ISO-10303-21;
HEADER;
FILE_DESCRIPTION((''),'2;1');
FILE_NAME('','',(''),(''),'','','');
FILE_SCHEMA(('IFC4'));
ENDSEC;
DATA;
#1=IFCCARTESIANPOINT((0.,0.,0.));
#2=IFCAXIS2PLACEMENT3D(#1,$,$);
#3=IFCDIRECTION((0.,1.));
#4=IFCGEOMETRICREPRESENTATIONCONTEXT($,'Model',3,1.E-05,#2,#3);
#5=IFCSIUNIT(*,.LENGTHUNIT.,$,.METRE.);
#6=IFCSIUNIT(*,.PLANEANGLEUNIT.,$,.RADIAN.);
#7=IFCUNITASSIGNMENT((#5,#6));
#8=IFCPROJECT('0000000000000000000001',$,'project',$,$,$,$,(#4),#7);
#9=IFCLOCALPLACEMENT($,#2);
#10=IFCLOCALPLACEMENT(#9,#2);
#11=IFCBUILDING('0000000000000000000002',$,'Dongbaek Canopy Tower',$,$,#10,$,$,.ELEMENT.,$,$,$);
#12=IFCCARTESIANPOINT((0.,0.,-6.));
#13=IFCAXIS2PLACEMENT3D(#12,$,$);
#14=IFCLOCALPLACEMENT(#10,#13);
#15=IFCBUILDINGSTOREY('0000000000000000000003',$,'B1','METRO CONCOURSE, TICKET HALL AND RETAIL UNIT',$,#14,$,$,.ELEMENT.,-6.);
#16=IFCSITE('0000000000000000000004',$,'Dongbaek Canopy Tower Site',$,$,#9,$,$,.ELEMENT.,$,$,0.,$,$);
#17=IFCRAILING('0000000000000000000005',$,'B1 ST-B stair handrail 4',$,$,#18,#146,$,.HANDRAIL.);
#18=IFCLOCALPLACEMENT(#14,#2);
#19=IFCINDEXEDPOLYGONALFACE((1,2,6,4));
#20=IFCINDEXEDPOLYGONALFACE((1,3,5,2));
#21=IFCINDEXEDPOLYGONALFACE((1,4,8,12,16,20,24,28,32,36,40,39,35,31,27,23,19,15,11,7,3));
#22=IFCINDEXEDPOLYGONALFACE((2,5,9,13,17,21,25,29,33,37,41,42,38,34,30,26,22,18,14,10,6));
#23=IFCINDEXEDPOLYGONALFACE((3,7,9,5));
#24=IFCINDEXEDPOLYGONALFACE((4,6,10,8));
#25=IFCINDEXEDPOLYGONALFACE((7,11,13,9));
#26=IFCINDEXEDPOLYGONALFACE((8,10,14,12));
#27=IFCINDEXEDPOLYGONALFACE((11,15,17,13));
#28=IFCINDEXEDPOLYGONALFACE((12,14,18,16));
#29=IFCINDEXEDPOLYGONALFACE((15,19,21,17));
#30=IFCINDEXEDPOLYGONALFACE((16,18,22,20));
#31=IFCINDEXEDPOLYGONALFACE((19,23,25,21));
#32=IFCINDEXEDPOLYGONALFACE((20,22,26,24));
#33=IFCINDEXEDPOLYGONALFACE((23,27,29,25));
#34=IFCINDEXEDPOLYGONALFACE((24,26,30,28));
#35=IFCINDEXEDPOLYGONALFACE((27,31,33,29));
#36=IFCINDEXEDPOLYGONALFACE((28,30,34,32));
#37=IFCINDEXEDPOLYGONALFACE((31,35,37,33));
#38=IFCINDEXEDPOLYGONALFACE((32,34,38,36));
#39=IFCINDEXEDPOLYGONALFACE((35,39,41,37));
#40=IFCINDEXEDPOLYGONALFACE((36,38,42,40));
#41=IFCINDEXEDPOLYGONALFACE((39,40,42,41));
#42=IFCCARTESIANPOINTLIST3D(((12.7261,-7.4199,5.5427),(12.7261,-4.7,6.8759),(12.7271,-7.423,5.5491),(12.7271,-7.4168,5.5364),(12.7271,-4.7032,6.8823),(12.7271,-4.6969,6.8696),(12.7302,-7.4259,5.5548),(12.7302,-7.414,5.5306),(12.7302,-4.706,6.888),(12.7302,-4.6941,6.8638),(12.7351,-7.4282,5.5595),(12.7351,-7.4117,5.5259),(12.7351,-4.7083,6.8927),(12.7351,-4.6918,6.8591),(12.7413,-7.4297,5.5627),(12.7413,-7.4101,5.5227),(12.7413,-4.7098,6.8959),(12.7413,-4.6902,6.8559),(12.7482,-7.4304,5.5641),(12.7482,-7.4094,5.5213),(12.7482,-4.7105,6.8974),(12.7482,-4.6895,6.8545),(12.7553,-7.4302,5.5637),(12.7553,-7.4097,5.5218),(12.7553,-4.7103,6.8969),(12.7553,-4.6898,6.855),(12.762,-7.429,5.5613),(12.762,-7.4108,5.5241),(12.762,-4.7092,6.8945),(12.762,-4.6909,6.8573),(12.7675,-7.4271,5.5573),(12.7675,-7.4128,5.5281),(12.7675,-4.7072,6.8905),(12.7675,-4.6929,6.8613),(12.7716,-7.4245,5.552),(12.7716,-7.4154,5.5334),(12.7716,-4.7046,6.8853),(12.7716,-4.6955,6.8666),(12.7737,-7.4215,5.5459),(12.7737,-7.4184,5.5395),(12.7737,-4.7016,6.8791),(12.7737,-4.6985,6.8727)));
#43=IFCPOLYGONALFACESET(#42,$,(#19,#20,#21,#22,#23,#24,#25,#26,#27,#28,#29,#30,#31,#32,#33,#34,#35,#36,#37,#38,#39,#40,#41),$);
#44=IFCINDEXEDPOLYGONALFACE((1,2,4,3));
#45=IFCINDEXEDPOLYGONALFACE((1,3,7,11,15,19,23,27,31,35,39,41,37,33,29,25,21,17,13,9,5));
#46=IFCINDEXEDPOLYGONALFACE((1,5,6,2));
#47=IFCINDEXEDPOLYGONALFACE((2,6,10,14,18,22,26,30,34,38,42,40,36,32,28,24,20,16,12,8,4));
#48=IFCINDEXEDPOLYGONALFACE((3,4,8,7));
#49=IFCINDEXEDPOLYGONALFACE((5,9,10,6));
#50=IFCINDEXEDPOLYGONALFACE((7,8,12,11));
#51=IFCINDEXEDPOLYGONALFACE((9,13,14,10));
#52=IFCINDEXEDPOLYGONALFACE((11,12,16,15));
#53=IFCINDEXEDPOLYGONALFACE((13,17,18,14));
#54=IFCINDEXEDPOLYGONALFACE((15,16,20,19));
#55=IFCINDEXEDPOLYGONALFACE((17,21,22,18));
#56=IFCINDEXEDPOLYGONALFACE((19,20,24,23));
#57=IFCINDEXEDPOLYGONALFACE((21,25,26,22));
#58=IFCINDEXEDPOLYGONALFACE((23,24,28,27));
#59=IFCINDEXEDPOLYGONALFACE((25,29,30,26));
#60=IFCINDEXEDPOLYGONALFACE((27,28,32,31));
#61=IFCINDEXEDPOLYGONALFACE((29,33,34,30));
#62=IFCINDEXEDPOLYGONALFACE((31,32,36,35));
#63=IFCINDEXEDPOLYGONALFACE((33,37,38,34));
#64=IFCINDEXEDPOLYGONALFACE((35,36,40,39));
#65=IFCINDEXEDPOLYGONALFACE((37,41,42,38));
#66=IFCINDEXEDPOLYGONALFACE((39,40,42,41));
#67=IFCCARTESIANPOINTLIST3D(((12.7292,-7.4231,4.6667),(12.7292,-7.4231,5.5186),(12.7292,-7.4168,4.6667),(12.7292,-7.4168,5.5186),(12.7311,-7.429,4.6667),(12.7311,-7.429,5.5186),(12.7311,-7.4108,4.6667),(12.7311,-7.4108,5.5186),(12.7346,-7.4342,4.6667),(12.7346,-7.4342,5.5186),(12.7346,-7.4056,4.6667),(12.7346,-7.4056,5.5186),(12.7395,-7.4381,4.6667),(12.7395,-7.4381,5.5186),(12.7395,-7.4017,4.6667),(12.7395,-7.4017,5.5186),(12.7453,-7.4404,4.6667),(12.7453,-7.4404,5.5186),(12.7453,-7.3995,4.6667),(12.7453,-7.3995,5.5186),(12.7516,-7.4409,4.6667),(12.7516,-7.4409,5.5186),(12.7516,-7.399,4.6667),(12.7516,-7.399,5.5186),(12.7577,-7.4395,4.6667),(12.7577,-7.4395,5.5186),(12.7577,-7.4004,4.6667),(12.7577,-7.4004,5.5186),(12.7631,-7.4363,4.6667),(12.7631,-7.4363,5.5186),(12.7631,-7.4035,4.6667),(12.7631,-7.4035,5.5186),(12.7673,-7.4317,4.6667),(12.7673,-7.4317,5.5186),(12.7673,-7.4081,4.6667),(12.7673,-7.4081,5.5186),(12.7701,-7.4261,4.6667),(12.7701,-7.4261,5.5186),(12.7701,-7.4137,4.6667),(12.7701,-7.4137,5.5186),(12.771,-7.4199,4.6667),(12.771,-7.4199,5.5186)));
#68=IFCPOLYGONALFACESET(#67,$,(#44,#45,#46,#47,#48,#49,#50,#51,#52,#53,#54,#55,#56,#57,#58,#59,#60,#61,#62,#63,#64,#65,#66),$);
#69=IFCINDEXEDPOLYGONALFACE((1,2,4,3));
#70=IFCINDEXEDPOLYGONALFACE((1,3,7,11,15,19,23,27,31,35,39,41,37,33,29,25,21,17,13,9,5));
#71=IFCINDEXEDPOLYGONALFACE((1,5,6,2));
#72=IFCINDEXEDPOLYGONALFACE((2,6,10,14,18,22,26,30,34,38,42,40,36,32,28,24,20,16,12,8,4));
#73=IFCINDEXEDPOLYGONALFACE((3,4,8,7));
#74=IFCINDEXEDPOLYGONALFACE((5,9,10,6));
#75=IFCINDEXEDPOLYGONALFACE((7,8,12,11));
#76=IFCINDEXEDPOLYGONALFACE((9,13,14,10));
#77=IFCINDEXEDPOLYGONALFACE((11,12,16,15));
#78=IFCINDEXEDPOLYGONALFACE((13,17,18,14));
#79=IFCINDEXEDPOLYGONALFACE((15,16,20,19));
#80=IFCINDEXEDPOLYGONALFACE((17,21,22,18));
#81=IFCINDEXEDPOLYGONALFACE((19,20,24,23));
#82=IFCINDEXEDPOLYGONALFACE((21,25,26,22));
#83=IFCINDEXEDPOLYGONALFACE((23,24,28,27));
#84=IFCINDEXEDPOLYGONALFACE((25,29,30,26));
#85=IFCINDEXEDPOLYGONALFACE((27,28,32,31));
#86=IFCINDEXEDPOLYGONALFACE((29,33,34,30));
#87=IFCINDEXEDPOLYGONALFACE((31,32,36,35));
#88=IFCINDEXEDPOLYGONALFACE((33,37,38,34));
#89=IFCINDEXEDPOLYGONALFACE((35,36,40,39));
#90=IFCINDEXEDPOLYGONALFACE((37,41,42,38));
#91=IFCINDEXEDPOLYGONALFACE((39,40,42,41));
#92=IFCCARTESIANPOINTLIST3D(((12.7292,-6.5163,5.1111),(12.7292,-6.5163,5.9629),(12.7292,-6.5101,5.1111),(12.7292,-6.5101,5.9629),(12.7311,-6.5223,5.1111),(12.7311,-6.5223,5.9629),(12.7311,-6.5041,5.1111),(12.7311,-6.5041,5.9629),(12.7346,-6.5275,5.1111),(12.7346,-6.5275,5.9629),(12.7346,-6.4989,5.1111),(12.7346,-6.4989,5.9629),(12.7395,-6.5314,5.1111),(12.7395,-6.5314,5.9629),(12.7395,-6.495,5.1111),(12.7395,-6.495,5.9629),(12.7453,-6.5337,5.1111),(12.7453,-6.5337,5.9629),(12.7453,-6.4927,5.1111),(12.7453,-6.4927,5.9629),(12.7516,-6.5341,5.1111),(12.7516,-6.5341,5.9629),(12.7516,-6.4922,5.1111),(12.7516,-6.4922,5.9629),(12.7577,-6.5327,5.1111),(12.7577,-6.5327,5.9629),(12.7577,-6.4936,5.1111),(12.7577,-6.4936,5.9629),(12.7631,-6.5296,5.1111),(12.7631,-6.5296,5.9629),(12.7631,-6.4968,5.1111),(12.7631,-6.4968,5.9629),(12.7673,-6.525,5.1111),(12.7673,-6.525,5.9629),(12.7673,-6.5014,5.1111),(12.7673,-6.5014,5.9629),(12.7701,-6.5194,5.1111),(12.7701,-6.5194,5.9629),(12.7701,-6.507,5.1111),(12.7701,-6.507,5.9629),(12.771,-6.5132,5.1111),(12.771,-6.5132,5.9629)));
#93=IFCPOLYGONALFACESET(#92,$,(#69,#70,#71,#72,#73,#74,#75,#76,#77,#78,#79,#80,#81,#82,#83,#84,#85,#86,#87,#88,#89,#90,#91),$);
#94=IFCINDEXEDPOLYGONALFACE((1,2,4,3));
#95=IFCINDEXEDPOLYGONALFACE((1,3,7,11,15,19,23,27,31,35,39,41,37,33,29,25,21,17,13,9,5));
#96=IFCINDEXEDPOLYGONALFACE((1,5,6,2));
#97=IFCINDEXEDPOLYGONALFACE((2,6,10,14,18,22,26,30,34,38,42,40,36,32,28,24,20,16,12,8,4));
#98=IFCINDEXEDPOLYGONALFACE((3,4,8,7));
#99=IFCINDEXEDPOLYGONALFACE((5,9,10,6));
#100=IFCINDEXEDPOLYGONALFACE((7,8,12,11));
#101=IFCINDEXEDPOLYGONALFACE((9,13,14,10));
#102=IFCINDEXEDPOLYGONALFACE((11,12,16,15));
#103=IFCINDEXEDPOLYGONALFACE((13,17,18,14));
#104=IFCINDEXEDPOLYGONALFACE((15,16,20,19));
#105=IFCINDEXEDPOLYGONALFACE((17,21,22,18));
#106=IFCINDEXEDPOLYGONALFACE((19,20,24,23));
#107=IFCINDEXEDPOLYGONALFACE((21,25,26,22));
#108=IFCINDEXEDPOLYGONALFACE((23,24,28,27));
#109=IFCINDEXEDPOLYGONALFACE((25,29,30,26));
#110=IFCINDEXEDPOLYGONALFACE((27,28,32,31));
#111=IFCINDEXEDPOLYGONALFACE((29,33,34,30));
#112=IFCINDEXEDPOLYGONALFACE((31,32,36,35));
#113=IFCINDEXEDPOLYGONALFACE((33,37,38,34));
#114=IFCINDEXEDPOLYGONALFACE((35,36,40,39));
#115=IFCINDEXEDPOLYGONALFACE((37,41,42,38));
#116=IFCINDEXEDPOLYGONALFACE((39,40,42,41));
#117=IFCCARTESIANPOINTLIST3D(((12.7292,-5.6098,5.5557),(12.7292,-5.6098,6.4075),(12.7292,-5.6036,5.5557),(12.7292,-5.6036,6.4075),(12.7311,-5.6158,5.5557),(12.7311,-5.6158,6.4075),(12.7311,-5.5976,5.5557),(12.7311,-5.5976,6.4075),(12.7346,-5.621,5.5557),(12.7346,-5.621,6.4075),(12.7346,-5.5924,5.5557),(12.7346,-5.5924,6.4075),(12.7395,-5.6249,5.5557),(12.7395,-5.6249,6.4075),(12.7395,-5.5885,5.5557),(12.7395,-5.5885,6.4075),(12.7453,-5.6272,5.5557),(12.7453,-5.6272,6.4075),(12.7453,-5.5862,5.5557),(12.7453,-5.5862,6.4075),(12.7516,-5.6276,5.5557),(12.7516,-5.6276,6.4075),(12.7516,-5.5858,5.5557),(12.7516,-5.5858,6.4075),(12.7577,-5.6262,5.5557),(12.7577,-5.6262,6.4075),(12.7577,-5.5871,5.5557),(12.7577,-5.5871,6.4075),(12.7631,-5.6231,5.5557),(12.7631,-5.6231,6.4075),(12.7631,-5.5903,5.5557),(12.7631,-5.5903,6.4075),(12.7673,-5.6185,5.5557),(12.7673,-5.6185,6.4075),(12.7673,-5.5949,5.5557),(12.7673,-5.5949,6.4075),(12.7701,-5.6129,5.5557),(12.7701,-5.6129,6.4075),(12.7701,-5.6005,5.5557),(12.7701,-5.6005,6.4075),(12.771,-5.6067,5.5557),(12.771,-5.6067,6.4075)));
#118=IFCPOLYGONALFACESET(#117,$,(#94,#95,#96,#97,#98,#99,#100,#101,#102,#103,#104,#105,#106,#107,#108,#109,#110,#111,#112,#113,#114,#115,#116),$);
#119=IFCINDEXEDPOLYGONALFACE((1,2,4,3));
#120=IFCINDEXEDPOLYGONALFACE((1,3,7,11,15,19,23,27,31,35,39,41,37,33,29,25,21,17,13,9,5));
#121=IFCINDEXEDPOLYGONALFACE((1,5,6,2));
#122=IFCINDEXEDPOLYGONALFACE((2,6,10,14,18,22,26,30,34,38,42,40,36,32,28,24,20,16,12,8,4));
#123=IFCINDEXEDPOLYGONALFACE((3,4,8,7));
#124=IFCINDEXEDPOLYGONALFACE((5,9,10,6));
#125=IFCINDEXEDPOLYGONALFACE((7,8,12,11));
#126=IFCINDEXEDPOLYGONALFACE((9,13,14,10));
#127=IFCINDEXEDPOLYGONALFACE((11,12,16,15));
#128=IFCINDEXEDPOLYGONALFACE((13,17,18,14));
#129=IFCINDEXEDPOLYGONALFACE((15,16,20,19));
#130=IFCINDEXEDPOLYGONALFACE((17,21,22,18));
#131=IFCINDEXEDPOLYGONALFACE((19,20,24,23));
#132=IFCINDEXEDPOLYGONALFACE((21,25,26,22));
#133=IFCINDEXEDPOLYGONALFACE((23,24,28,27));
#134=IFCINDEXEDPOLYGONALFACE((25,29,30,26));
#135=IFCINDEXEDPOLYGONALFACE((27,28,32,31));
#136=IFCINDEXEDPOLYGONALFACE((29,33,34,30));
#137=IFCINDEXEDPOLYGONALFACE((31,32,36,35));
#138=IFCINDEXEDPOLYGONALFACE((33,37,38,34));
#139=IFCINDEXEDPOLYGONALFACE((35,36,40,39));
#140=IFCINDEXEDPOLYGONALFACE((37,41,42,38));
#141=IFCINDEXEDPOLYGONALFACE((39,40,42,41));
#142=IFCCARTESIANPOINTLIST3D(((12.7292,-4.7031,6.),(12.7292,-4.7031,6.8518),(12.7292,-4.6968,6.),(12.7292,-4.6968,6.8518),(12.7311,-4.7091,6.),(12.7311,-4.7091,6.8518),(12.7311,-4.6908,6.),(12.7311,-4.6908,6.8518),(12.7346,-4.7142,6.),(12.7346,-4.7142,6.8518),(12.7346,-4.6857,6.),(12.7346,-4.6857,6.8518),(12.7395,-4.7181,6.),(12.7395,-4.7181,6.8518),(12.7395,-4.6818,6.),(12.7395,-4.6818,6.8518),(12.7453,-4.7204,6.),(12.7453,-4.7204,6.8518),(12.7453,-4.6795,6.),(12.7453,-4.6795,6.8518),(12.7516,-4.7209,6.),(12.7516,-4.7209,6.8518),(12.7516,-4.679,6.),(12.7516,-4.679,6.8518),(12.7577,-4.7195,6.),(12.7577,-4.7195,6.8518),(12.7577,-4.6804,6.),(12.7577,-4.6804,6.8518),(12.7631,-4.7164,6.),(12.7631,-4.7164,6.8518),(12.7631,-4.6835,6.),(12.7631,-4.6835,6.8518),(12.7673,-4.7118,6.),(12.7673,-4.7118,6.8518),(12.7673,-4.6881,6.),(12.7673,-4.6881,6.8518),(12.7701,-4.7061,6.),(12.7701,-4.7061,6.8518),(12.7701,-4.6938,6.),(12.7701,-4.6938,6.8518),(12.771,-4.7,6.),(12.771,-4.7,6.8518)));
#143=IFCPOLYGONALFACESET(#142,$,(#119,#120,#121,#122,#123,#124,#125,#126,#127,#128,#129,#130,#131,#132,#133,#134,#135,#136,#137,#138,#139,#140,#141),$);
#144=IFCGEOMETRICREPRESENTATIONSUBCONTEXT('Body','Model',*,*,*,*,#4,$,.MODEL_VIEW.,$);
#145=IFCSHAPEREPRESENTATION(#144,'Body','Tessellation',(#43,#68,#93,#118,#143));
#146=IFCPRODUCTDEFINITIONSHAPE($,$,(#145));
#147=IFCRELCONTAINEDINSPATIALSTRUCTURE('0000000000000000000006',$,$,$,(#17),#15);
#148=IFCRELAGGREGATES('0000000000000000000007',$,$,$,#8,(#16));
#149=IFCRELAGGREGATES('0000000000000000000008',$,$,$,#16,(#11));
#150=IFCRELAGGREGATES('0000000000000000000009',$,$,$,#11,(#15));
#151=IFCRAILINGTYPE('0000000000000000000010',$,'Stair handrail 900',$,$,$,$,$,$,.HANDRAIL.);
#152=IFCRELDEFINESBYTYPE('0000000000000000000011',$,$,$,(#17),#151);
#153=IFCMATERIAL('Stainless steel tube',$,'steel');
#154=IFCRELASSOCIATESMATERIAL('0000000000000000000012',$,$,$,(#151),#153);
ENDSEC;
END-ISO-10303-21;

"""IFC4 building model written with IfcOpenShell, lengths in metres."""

from ifc_helpers import new_model, si_unit, direction, frame, origin, origin_2d, place, context, subcontext, project, spatial, circle, extrude, material, type_object, element, save


model = new_model("IFC4")

# Units and contexts
model_context = context("Model", 3, precision=1e-05, world=origin(), true_north=direction((0.0, 1.0)))
body_context = subcontext(model_context, "Body", "Model", "MODEL_VIEW")
ifc_project = project(units=[si_unit("LENGTHUNIT", "METRE"), si_unit("PLANEANGLEUNIT", "RADIAN")], contexts=[model_context])

# Site, building, storey
site_placement = place(None, origin())
site = spatial("IfcSite", under=ifc_project, at=site_placement, Name="Dongbaek Canopy Tower Site", CompositionType="ELEMENT", RefElevation=0.0)
building_placement = place(site_placement, origin())
building = spatial("IfcBuilding", under=site, at=building_placement, Name="Dongbaek Canopy Tower", CompositionType="ELEMENT")
storey_placement = place(building_placement, frame((0.0, 0.0, -6.0)))
storey = spatial("IfcBuildingStorey", under=building, at=storey_placement, Name="B1", Description="METRO CONCOURSE, TICKET HALL AND RETAIL UNIT", CompositionType="ELEMENT", Elevation=-6.0)

# Railing
ifc_material_1 = material(Name="Stainless steel tube", Category="steel")
railing_type_1 = type_object("IfcRailingType", Name="Stair handrail 900", PredefinedType="HANDRAIL", material=ifc_material_1)
for number, where, name in (
    (1, (12.75, -7.4199, 4.6667), "B1 ST-B stair handrail 4"),
):
    element("IfcRailing", number, at=place(storey_placement, frame(where)), inside=storey, type_object=railing_type_1, Name=name, PredefinedType="HANDRAIL", context=body_context, shape_type="SweptSolid", body=[
        extrude(circle(Radius=0.0239, at=origin_2d()), frame((0.0, 0.0, 0.876), z_axis=(0.0, 0.897929, 0.440139), x_axis=(-1.0, 0.0, 0.0)), (0.0, 0.0, 1.0), 3.0291),
        extrude(circle(Radius=0.021, at=origin_2d()), origin(), (0.0, 0.0, 1.0), 0.8518),
        extrude(circle(Radius=0.021, at=origin_2d()), frame((0.0, 0.9067, 0.4443)), (0.0, 0.0, 1.0), 0.8518),
        extrude(circle(Radius=0.021, at=origin_2d()), frame((0.0, 1.8132, 0.8889)), (0.0, 0.0, 1.0), 0.8518),
        extrude(circle(Radius=0.021, at=origin_2d()), frame((0.0, 2.72, 1.3333)), (0.0, 0.0, 1.0), 0.8518),
    ])

save(model, "model.ifc")
